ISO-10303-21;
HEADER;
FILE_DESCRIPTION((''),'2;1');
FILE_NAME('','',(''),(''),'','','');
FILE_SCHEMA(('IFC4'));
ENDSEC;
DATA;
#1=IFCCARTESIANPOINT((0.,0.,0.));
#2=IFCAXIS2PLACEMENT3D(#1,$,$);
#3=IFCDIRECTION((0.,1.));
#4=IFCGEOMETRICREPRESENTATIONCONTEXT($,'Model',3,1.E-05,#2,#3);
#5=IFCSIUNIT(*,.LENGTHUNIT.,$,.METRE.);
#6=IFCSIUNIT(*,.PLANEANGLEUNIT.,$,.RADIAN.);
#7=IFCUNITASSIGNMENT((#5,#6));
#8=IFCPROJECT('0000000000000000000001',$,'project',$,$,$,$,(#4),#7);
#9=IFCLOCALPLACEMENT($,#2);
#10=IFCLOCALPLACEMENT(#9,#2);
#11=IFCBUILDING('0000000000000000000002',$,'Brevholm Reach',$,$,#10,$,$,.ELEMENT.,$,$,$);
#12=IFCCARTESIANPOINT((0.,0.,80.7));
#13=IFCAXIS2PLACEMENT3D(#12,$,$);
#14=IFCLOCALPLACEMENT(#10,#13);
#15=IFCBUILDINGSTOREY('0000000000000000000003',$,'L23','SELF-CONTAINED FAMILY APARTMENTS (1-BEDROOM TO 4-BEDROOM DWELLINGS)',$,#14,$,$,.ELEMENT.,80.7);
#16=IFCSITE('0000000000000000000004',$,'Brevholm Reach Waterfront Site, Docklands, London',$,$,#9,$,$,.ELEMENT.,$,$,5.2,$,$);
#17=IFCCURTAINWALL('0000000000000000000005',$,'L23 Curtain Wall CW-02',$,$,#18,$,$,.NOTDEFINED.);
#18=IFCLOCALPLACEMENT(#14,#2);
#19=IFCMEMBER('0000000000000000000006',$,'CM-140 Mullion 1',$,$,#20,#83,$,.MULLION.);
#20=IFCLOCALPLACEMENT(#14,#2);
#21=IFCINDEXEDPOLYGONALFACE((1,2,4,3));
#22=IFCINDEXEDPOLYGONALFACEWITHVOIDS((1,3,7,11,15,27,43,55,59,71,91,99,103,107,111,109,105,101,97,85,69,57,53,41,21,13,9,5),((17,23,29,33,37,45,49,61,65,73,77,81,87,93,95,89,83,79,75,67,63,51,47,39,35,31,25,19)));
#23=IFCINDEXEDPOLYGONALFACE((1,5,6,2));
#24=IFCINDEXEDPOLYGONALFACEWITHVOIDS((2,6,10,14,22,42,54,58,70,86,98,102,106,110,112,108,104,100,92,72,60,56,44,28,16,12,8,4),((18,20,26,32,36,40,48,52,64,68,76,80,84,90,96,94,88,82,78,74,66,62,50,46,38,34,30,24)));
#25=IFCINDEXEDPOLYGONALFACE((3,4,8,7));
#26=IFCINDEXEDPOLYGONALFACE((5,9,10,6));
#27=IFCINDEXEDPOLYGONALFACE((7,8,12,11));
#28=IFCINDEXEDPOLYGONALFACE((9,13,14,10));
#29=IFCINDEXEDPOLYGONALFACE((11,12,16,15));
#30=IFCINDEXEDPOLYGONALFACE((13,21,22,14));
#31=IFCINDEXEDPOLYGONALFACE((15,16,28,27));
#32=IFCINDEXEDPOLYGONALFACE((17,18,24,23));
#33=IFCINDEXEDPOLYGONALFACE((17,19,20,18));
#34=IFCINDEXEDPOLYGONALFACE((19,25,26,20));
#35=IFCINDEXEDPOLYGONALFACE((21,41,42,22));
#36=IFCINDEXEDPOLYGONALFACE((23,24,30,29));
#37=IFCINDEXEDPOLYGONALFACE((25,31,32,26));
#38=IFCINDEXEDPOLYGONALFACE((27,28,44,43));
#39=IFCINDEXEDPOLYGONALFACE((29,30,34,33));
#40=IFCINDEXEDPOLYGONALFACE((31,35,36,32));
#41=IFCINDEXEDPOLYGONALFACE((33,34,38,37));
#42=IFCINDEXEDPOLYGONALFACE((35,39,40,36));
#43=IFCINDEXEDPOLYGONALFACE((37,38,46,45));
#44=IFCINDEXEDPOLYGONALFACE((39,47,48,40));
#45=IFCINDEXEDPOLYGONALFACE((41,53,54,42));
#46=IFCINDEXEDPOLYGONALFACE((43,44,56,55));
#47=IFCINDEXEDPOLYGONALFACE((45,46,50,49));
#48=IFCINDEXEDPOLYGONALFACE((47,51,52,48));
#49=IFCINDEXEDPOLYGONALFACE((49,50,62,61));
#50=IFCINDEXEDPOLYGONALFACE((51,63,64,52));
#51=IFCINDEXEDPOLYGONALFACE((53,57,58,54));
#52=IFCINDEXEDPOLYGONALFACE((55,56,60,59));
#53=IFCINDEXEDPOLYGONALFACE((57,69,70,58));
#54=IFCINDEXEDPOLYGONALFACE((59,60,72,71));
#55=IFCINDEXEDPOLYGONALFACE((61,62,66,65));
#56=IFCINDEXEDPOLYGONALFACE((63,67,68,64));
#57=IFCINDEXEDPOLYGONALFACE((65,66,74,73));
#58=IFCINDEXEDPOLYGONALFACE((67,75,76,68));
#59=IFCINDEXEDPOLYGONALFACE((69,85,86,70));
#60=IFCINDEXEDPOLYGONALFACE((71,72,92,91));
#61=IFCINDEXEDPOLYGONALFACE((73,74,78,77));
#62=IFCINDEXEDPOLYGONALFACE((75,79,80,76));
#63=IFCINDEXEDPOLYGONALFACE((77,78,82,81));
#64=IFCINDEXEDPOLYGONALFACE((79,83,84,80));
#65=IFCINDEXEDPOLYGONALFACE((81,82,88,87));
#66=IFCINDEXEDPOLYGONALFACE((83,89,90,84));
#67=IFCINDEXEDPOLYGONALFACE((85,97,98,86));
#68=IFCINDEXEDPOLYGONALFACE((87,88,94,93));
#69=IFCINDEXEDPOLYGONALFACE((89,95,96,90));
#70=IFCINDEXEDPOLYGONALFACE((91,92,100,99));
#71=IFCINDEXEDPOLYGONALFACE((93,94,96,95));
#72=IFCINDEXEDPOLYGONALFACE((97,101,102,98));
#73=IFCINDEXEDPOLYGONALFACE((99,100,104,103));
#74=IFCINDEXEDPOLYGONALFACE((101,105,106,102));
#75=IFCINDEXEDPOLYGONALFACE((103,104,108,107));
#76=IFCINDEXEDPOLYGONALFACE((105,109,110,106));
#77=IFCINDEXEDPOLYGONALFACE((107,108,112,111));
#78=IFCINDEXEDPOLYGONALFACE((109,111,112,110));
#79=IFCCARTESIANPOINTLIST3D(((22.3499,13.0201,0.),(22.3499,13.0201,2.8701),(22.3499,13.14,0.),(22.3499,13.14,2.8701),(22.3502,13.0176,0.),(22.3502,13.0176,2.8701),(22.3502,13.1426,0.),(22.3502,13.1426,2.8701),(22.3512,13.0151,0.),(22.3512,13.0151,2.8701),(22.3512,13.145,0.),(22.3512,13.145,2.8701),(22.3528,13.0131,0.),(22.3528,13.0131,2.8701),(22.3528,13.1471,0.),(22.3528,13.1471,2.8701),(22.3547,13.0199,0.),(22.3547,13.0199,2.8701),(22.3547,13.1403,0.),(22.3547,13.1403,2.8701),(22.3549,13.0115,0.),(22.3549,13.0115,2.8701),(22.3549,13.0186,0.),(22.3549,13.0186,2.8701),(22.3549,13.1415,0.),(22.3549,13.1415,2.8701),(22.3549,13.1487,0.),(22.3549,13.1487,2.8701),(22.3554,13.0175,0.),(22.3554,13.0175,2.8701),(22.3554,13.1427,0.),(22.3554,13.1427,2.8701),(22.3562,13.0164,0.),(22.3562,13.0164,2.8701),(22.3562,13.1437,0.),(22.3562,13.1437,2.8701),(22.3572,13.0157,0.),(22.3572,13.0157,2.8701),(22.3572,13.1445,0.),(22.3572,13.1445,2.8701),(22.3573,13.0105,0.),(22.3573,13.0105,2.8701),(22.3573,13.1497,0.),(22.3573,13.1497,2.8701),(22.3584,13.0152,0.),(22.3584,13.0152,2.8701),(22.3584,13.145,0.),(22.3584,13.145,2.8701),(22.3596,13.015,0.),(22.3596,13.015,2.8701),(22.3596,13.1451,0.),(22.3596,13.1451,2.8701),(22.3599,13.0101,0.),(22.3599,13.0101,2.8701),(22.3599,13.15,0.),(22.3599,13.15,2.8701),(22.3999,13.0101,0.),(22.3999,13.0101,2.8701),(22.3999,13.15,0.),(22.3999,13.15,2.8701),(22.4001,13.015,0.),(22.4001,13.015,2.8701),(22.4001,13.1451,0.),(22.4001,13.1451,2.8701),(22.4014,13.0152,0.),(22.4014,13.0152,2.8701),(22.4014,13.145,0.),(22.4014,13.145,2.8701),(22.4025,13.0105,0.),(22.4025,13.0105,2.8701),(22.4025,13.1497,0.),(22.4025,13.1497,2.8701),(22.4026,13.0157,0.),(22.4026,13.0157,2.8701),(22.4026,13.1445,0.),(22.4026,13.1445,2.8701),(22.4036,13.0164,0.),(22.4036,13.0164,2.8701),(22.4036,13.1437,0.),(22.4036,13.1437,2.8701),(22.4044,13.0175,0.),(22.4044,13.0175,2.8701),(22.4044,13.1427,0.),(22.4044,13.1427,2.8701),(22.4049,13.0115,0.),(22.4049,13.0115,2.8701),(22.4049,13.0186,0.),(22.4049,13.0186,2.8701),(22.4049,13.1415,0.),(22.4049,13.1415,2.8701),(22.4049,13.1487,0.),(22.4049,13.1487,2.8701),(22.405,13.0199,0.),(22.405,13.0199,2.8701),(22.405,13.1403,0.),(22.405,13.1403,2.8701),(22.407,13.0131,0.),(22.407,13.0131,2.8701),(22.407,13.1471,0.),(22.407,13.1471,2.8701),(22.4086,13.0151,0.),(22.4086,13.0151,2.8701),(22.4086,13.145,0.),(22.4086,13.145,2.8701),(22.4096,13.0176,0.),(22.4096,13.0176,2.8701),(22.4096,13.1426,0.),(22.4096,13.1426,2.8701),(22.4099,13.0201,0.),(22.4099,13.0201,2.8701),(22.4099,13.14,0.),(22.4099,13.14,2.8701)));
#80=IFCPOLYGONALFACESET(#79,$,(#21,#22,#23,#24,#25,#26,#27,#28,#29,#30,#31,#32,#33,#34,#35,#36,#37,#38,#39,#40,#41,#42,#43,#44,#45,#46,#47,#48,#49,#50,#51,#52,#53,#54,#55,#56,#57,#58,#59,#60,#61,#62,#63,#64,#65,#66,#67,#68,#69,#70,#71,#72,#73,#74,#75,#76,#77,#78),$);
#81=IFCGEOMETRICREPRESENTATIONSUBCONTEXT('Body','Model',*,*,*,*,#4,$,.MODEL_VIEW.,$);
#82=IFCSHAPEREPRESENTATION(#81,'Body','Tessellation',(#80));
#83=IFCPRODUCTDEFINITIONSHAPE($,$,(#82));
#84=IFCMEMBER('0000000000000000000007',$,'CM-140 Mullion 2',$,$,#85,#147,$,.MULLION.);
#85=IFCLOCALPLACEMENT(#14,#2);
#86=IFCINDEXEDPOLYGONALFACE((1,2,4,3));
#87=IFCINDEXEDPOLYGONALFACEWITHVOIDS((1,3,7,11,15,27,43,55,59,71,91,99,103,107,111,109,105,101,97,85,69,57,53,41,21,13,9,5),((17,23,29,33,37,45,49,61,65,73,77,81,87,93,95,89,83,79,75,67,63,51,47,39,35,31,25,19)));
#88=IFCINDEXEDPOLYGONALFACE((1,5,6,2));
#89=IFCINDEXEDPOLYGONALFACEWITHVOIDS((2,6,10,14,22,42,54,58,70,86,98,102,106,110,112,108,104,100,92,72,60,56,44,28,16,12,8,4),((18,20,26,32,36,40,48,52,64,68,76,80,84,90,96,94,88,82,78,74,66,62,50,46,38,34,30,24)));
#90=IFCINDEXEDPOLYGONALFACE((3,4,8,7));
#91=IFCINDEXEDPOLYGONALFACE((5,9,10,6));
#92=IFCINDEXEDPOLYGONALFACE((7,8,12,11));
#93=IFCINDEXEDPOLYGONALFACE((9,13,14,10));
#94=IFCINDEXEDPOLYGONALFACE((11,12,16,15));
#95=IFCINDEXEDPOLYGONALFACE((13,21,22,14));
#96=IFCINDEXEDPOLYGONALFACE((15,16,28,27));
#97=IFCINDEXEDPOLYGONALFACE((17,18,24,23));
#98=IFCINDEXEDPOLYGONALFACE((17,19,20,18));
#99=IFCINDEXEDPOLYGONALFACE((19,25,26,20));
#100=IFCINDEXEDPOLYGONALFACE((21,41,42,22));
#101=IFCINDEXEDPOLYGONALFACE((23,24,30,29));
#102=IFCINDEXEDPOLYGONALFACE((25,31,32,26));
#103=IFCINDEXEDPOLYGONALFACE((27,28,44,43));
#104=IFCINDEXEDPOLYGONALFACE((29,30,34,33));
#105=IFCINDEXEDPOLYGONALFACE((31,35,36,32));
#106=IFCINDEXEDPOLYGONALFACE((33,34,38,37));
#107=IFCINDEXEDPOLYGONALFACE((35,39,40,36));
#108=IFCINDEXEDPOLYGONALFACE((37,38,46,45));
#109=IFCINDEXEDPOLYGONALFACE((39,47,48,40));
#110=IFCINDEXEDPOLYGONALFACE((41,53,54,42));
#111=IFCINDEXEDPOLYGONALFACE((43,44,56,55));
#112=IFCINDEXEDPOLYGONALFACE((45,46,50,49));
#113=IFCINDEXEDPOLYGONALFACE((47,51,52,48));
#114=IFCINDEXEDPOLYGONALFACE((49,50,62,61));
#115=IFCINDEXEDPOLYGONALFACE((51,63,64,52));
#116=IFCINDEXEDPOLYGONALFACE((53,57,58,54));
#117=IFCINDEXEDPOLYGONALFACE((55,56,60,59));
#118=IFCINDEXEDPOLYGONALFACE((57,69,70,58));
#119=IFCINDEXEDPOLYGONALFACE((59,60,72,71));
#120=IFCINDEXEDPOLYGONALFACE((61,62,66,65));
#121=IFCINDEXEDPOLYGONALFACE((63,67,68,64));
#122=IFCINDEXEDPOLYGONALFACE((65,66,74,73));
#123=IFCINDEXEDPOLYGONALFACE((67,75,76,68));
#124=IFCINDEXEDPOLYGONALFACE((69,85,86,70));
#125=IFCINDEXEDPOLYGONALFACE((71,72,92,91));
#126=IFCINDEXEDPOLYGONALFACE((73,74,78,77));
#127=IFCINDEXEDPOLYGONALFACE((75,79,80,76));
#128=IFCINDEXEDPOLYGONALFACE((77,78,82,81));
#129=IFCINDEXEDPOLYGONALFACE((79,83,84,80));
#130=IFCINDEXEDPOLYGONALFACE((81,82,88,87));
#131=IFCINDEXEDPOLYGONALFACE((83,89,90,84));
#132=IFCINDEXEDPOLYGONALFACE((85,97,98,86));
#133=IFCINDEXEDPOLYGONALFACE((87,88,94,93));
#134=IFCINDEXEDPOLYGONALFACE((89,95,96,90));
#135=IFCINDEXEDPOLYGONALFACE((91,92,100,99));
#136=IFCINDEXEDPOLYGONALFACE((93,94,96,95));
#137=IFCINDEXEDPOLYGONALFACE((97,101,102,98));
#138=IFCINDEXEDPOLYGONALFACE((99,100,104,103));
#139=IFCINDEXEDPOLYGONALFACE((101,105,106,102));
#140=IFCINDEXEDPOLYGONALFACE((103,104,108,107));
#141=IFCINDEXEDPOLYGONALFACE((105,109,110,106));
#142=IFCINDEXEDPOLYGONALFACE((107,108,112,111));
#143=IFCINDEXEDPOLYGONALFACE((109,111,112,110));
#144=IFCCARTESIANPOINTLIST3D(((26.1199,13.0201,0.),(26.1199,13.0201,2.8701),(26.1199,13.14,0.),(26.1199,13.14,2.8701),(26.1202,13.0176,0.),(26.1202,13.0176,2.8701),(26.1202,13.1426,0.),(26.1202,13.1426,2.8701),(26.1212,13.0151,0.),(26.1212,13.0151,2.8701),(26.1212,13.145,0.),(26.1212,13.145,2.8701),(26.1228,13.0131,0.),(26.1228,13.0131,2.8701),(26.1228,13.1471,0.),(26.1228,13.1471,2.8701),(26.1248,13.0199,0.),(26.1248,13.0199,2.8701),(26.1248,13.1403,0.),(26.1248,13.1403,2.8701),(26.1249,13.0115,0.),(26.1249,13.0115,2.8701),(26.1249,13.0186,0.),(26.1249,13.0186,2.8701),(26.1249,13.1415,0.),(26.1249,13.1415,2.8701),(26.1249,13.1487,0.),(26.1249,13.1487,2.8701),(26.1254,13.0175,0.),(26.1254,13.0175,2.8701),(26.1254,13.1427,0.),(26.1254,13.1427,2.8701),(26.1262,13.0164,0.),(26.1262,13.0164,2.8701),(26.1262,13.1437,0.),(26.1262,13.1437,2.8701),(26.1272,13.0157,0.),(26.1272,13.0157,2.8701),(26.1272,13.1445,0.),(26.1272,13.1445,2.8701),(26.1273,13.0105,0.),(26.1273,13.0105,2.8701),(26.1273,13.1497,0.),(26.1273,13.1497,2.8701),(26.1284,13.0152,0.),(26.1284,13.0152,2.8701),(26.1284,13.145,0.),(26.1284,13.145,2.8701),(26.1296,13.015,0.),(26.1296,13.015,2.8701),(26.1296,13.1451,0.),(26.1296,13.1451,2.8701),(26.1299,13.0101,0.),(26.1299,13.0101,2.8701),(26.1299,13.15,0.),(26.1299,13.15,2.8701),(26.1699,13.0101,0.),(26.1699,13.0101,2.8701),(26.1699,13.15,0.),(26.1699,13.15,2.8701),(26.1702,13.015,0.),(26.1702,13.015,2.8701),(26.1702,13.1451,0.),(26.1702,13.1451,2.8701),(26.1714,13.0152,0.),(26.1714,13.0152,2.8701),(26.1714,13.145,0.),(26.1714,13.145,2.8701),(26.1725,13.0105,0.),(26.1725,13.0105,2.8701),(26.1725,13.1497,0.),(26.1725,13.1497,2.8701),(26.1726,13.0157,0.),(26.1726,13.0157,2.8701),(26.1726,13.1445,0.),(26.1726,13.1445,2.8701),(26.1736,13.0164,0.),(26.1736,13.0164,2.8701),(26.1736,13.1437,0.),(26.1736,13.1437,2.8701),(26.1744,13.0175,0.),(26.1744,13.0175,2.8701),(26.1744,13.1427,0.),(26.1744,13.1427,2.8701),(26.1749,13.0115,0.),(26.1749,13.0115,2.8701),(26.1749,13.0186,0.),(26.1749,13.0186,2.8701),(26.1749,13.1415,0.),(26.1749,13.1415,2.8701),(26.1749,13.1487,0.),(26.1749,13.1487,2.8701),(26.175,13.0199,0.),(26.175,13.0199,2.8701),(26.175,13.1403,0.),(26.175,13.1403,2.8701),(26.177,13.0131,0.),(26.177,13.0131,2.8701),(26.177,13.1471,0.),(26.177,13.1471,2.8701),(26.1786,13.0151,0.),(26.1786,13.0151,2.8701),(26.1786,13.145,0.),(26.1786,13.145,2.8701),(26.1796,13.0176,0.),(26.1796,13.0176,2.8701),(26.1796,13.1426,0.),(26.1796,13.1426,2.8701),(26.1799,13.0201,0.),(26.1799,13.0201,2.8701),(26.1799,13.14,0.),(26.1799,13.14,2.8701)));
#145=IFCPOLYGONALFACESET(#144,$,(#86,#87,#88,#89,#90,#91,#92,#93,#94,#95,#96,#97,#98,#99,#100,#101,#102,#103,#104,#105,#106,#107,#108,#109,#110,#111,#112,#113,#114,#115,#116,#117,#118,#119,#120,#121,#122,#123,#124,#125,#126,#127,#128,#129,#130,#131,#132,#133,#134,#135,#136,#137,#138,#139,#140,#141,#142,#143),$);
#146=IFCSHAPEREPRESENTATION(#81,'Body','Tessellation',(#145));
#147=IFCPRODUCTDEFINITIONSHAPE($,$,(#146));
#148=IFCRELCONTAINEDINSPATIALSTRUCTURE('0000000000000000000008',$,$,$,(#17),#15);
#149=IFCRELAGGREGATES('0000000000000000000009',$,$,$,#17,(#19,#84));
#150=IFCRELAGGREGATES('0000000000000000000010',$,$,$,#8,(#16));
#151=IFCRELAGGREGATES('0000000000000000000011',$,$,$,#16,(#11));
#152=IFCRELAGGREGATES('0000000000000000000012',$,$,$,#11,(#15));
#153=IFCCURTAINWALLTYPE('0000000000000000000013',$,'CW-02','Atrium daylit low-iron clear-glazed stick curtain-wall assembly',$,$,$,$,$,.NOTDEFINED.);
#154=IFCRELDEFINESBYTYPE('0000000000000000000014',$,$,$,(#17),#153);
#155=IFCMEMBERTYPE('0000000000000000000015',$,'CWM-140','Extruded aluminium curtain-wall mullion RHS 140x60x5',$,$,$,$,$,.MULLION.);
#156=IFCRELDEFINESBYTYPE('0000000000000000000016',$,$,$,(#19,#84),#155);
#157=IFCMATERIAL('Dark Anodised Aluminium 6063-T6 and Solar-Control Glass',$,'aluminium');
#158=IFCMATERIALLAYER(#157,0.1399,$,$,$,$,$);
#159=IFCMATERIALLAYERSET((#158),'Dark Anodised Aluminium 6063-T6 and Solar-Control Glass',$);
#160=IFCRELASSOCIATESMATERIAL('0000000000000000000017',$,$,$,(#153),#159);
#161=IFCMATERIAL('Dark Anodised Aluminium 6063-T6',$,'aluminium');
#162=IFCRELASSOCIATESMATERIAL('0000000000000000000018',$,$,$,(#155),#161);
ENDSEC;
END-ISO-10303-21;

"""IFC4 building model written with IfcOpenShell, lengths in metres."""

from ifc_helpers import new_model, si_unit, direction, frame, origin, origin_2d, place, context, subcontext, project, spatial, hollow_rectangle, extrude, material, layer, layer_set, material_profile, profile_set, type_object, element, aggregate, save


model = new_model("IFC4")

# Units and contexts
model_context = context("Model", 3, precision=1e-05, world=origin(), true_north=direction((0.0, 1.0)))
body_context = subcontext(model_context, "Body", "Model", "MODEL_VIEW")
ifc_project = project(units=[si_unit("LENGTHUNIT", "METRE"), si_unit("PLANEANGLEUNIT", "RADIAN")], contexts=[model_context])

# Site, building, storey
site_placement = place(None, origin())
site = spatial("IfcSite", under=ifc_project, at=site_placement, Name="Brevholm Reach Waterfront Site, Docklands, London", CompositionType="ELEMENT", RefElevation=5.2)
building_placement = place(site_placement, origin())
building = spatial("IfcBuilding", under=site, at=building_placement, Name="Brevholm Reach", CompositionType="ELEMENT")
storey_placement = place(building_placement, frame((0.0, 0.0, 80.7)))
storey = spatial("IfcBuildingStorey", under=building, at=storey_placement, Name="L23", Description="SELF-CONTAINED FAMILY APARTMENTS (1-BEDROOM TO 4-BEDROOM DWELLINGS)", CompositionType="ELEMENT", Elevation=80.7)

# Curtain wall, members
ifc_material_1 = material(Name="Dark Anodised Aluminium 6063-T6 and Solar-Control Glass", Category="aluminium")
ifc_layer_1 = layer(ifc_material_1, 0.1399)
ifc_layer_set_1 = layer_set([ifc_layer_1], Name="Dark Anodised Aluminium 6063-T6 and Solar-Control Glass")
curtain_wall_type = type_object("IfcCurtainWallType", Name="CW-02", Description="Atrium daylit low-iron clear-glazed stick curtain-wall assembly", PredefinedType="NOTDEFINED", material=ifc_layer_set_1)
curtain_wall_placement = place(storey_placement, origin())
curtain_wall = element("IfcCurtainWall", 1, at=curtain_wall_placement, inside=storey, type_object=curtain_wall_type, Name="L23 Curtain Wall CW-02", PredefinedType="NOTDEFINED")
ifc_material_2 = material(Name="Dark Anodised Aluminium 6063-T6", Category="aluminium")
ifc_material_profile_1 = material_profile(ifc_material_2, hollow_rectangle(XDim=0.0601, YDim=0.1399, WallThickness=0.0049, InnerFilletRadius=0.0049, OuterFilletRadius=0.01, at=origin_2d()), Name="RHS 140x60x5")
ifc_profile_set_1 = profile_set([ifc_material_profile_1], Name="Dark Anodised Aluminium 6063-T6")
member_type_1 = type_object("IfcMemberType", Name="CWM-140", Description="Extruded aluminium curtain-wall mullion RHS 140x60x5", PredefinedType="MULLION", material=ifc_profile_set_1)
member_1_placement = place(storey_placement, frame((22.3799, 13.0801, 0.0), z_axis=(0.0, 0.0, 1.0), x_axis=(1.0, 0.0, 0.0)))
member_1 = element("IfcMember", 2, at=member_1_placement, type_object=member_type_1, Name="CM-140 Mullion 1", PredefinedType="MULLION", context=body_context, shape_type="SweptSolid", body=[
    extrude(hollow_rectangle(XDim=0.0601, YDim=0.1399, WallThickness=0.0049, InnerFilletRadius=0.0049, OuterFilletRadius=0.01, at=origin_2d()), origin(), (0.0, 0.0, 1.0), 2.8701),
])
member_2_placement = place(storey_placement, frame((26.1499, 13.0801, 0.0), z_axis=(0.0, 0.0, 1.0), x_axis=(1.0, 0.0, 0.0)))
member_2 = element("IfcMember", 3, at=member_2_placement, type_object=member_type_1, Name="CM-140 Mullion 2", PredefinedType="MULLION", context=body_context, shape_type="SweptSolid", body=[
    extrude(hollow_rectangle(XDim=0.0601, YDim=0.1399, WallThickness=0.0049, InnerFilletRadius=0.0049, OuterFilletRadius=0.01, at=origin_2d()), origin(), (0.0, 0.0, 1.0), 2.8701),
])
aggregate(curtain_wall, [member_1, member_2])

save(model, "model.ifc")
